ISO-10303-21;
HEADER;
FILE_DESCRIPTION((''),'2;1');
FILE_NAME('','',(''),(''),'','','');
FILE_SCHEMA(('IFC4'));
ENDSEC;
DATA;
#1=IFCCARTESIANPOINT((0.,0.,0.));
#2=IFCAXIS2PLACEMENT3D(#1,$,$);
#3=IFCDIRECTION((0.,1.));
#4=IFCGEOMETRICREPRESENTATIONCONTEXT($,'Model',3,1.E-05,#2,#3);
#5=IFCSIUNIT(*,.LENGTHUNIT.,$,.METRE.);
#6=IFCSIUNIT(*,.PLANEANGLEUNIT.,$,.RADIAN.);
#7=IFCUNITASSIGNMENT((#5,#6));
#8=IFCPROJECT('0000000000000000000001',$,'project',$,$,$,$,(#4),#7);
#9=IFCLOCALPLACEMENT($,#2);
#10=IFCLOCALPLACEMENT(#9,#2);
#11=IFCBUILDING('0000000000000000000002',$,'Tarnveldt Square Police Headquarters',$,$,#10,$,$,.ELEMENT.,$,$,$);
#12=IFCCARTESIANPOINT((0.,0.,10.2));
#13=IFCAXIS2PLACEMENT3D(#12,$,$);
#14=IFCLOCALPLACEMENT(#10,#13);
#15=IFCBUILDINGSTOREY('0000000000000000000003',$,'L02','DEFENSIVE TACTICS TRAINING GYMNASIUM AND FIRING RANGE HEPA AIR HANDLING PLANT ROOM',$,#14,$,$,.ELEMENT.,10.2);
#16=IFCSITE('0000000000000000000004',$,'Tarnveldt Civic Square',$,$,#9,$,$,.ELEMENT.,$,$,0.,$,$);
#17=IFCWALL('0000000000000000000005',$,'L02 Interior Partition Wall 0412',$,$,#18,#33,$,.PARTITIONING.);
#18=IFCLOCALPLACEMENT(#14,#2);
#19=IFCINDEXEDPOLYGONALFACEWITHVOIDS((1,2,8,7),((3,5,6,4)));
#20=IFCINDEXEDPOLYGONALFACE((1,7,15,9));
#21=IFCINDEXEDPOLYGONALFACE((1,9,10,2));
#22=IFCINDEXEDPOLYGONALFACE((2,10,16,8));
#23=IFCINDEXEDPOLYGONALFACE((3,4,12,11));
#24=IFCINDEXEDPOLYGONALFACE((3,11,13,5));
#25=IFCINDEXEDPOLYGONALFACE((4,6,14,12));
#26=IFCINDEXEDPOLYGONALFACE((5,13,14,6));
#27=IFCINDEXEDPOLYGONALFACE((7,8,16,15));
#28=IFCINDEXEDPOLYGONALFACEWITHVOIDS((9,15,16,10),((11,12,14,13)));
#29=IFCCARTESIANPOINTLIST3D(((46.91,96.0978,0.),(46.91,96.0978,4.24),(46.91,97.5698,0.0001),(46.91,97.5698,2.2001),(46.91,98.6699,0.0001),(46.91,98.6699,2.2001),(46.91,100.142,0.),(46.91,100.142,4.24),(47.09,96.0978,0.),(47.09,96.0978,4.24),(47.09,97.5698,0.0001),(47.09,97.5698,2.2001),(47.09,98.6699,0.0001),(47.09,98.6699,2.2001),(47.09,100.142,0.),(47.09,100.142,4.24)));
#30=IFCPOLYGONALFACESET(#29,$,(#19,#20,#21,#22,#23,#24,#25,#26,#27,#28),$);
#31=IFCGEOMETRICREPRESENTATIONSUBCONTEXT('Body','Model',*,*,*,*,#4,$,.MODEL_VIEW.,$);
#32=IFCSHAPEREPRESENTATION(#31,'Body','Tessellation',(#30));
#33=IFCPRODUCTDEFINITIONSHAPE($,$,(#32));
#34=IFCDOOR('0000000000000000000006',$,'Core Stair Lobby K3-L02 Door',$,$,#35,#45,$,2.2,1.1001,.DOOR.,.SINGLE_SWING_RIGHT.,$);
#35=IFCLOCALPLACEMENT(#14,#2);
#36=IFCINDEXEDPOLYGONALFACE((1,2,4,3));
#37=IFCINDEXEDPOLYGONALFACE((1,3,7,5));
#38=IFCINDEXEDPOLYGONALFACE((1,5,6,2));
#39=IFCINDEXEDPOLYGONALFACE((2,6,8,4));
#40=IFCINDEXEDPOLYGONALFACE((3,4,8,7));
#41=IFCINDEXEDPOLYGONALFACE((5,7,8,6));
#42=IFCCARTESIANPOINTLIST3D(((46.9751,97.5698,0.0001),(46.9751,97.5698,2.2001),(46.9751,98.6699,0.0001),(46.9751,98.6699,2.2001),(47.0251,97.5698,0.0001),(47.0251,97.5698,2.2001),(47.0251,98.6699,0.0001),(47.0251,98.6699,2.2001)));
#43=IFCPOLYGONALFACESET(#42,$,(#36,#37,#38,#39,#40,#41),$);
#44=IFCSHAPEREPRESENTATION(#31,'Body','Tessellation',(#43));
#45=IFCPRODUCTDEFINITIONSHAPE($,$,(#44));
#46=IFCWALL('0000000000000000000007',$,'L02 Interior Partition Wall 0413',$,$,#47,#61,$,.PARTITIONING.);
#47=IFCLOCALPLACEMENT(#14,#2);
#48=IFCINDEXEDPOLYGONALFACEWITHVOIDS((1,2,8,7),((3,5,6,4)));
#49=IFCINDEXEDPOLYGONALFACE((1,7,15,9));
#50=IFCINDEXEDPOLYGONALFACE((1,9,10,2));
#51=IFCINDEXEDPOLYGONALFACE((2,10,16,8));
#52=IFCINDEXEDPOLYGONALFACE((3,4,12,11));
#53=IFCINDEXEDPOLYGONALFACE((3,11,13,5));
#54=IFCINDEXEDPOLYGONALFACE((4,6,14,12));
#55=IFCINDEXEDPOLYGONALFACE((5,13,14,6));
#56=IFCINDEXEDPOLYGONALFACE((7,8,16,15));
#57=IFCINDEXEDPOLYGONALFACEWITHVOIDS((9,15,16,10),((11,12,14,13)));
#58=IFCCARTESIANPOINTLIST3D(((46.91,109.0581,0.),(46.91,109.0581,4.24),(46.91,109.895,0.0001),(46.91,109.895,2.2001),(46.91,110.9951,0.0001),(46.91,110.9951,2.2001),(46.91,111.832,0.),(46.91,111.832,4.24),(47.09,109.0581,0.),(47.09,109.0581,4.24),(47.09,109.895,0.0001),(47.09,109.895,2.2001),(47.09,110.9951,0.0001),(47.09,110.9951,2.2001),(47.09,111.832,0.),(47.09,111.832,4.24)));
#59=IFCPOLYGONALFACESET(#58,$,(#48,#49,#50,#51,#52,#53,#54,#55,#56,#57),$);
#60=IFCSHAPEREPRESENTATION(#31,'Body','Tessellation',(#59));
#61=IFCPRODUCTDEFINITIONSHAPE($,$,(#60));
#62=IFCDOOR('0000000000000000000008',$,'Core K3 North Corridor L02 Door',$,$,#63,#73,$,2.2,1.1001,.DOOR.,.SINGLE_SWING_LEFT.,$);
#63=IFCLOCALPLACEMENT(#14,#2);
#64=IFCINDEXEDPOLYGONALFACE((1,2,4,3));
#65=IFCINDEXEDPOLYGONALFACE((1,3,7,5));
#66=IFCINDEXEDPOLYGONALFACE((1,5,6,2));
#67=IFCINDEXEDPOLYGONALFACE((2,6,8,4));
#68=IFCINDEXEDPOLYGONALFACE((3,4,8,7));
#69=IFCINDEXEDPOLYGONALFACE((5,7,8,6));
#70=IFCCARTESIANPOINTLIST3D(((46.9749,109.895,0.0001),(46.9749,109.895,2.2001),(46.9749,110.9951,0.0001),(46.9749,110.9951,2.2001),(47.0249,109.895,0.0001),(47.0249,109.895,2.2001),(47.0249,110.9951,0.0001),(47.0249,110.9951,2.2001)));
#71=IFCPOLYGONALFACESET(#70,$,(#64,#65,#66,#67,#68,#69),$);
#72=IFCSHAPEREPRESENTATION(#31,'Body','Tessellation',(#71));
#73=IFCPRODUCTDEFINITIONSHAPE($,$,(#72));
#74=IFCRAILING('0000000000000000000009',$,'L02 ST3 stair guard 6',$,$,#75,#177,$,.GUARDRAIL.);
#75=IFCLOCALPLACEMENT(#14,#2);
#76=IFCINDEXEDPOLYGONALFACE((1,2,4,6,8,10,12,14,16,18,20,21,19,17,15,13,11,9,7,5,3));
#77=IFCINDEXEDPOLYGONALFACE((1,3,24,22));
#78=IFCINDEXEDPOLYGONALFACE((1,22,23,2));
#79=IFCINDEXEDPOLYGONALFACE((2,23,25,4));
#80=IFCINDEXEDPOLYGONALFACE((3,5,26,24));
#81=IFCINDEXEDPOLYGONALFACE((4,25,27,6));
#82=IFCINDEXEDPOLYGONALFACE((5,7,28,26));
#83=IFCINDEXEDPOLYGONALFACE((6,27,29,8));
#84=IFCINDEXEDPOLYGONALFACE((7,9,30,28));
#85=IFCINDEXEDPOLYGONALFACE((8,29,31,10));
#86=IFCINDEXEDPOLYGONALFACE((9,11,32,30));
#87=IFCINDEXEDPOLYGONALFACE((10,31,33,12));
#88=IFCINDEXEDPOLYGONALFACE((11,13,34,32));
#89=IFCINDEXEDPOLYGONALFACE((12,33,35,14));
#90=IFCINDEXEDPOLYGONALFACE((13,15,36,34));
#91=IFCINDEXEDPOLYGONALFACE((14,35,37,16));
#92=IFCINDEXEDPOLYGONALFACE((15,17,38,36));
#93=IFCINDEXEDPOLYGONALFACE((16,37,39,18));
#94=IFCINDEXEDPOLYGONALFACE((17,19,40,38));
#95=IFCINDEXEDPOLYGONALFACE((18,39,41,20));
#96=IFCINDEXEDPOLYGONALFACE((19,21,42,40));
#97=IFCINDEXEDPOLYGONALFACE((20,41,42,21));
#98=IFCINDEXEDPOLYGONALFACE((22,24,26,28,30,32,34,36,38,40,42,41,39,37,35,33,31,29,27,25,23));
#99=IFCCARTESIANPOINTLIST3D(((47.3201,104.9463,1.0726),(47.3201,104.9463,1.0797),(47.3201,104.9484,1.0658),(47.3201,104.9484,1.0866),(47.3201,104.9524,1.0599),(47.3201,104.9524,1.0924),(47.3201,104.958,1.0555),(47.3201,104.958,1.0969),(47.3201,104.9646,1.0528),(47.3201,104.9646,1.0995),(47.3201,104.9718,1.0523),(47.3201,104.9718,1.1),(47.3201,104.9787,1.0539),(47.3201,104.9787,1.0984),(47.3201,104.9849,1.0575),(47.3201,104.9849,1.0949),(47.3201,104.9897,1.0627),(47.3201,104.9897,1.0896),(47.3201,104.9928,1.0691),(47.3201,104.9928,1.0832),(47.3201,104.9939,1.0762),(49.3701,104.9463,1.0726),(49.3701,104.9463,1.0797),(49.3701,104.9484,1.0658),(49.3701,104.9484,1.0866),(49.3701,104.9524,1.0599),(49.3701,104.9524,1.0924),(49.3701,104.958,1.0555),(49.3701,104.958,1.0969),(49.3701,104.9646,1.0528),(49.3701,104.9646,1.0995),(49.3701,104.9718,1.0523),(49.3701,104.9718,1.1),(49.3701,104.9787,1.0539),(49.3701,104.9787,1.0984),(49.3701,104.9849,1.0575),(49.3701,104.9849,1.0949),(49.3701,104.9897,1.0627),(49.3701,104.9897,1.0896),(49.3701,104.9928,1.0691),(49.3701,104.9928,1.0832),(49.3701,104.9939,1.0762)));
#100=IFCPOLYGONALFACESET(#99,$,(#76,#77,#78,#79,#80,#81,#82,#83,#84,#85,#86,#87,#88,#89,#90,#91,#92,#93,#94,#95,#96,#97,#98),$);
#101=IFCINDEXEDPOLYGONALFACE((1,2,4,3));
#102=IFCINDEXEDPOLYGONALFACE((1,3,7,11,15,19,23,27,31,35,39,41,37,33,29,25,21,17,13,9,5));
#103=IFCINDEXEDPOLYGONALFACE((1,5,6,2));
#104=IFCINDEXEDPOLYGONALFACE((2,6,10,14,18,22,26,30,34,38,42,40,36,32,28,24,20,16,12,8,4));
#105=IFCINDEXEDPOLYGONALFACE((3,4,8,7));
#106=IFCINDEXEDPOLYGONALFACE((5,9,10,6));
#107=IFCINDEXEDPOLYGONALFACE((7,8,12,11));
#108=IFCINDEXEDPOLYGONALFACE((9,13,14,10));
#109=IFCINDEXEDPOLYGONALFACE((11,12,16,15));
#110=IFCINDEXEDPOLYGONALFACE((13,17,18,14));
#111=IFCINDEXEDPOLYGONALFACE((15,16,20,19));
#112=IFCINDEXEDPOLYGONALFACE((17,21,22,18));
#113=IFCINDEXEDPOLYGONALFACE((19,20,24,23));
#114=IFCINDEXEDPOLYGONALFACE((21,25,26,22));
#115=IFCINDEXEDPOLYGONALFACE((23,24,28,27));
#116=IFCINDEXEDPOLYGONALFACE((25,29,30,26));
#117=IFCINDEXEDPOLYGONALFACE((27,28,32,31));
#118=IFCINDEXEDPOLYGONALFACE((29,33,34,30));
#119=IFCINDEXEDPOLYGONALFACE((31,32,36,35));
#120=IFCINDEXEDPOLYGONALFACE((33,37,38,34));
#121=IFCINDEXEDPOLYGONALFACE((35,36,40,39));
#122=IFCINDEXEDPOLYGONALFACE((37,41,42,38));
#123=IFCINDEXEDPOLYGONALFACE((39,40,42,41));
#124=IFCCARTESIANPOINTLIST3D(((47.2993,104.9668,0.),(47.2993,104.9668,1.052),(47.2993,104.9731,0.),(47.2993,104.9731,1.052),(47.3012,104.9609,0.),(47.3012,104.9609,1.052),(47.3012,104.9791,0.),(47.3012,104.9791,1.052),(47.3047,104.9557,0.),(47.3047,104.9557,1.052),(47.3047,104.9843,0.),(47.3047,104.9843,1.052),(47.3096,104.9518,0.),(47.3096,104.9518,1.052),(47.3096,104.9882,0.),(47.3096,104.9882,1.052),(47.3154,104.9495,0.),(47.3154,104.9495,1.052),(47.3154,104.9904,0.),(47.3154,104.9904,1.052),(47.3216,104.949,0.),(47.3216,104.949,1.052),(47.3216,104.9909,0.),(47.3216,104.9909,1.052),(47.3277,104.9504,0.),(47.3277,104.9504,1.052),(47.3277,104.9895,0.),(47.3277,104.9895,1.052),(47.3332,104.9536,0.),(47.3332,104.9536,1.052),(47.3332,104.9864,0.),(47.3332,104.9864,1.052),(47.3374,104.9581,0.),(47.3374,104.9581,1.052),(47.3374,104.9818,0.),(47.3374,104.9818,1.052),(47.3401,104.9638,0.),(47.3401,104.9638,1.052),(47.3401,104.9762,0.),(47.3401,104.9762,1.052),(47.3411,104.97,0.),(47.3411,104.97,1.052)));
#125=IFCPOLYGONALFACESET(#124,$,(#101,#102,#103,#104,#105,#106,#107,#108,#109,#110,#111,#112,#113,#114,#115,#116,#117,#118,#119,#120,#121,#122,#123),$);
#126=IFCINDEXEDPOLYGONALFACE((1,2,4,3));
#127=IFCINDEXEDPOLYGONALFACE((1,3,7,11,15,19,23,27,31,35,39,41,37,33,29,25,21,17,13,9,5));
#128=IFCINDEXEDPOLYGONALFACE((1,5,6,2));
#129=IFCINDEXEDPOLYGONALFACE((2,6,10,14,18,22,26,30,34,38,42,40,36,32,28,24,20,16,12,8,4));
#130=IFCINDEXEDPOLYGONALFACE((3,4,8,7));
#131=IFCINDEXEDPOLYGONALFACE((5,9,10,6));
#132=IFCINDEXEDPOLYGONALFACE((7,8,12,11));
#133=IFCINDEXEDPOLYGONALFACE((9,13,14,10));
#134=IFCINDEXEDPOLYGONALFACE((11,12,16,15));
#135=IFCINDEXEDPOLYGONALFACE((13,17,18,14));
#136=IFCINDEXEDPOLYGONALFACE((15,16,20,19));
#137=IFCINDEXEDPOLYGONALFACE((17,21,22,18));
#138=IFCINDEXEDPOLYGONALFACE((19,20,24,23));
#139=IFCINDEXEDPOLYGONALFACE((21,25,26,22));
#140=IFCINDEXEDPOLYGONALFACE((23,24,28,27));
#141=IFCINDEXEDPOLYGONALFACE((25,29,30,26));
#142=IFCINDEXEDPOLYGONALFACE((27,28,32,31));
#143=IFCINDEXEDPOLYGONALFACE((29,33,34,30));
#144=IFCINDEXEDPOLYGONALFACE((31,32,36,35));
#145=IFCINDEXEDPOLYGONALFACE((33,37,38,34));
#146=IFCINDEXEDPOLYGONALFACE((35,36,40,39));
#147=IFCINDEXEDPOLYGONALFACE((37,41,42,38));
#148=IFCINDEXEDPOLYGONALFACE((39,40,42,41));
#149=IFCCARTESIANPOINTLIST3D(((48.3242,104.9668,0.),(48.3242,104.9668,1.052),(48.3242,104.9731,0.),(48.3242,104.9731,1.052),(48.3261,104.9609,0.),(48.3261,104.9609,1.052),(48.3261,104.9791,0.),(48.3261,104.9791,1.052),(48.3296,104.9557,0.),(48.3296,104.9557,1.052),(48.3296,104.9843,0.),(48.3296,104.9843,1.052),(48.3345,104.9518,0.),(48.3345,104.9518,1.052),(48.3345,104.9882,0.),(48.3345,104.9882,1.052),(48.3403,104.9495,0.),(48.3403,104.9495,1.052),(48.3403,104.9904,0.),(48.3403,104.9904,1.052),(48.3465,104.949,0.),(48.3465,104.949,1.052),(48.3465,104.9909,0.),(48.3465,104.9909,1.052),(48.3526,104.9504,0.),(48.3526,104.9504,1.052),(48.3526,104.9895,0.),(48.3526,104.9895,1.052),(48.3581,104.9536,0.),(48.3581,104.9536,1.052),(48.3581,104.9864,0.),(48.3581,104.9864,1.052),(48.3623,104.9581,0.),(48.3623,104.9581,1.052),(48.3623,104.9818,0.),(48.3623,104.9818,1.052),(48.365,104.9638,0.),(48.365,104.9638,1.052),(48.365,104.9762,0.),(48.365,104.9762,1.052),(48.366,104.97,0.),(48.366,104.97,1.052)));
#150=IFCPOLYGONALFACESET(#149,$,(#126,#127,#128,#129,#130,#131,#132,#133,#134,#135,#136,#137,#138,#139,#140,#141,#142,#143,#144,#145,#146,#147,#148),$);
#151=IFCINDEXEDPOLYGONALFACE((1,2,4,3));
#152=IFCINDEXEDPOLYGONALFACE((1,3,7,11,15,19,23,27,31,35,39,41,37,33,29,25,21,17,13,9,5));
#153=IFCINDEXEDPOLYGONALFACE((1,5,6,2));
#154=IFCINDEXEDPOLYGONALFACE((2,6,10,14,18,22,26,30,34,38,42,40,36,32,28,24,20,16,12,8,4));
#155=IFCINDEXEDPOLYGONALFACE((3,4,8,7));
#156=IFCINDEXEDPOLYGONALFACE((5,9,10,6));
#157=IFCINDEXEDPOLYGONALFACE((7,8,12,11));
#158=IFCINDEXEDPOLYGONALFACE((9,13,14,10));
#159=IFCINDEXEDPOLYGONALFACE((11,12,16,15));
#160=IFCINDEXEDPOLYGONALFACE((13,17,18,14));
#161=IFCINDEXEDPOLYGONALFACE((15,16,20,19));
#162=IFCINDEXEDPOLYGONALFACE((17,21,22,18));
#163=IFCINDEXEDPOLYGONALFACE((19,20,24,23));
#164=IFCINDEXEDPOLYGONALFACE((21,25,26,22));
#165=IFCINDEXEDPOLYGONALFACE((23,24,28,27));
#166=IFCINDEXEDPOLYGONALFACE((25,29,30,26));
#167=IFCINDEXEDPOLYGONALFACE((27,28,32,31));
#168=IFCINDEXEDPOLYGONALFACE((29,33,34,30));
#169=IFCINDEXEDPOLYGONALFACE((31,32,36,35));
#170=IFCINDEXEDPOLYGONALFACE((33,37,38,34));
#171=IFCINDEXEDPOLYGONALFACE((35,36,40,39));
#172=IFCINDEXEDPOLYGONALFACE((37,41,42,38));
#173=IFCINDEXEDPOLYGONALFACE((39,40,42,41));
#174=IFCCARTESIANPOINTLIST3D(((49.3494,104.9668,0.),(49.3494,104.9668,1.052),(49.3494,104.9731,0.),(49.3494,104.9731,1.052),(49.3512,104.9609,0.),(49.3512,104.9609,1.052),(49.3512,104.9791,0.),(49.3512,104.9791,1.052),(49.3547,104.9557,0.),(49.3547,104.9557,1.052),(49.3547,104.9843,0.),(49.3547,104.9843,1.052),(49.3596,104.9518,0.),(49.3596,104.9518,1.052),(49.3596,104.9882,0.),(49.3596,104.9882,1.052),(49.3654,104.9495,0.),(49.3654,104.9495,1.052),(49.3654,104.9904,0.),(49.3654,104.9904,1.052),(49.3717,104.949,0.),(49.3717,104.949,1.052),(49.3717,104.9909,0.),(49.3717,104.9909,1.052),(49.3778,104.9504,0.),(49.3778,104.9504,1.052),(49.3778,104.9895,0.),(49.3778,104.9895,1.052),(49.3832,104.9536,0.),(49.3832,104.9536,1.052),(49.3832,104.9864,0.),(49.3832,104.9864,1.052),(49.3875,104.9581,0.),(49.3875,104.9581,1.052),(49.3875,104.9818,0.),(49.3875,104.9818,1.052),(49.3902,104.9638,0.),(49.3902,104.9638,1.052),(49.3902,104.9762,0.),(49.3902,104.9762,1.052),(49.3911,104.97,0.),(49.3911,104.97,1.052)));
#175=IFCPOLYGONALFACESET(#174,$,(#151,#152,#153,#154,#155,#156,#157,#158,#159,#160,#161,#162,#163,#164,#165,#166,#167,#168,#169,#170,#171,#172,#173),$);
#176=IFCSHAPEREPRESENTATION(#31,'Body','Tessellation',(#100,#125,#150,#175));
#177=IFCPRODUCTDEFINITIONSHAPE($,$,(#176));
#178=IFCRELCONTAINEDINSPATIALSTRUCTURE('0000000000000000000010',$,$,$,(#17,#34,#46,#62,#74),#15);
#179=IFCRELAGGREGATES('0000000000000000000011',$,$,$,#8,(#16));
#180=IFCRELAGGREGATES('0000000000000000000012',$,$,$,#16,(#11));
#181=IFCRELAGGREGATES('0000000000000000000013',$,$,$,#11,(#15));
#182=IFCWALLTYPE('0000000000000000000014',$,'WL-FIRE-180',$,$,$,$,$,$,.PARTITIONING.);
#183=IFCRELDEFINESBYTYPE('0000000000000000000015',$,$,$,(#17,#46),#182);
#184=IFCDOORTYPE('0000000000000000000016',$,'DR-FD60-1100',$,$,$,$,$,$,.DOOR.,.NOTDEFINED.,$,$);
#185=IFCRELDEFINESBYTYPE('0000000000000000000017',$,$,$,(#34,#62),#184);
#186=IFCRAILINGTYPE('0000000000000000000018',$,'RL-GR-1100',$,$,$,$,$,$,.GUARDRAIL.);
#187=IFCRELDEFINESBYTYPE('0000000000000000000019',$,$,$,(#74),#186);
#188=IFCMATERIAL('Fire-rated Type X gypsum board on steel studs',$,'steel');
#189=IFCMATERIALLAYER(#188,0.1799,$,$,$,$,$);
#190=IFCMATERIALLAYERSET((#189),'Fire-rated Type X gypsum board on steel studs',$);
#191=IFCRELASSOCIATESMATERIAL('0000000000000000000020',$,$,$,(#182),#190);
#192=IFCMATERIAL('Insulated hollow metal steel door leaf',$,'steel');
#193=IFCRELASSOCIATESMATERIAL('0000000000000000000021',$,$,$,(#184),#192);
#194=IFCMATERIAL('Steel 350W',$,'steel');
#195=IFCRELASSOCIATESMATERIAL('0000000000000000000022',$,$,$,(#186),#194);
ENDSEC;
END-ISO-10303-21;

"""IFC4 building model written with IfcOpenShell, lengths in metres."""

from ifc_helpers import new_model, si_unit, direction, frame, frame_2d, origin, origin_2d, place, context, subcontext, project, spatial, rectangle, circle, extrude, material, layer, layer_set, type_object, element, fill, save


model = new_model("IFC4")

# Units and contexts
model_context = context("Model", 3, precision=1e-05, world=origin(), true_north=direction((0.0, 1.0)))
body_context = subcontext(model_context, "Body", "Model", "MODEL_VIEW")
ifc_project = project(units=[si_unit("LENGTHUNIT", "METRE"), si_unit("PLANEANGLEUNIT", "RADIAN")], contexts=[model_context])

# Site, building, storey
site_placement = place(None, origin())
site = spatial("IfcSite", under=ifc_project, at=site_placement, Name="Tarnveldt Civic Square", CompositionType="ELEMENT", RefElevation=0.0)
building_placement = place(site_placement, origin())
building = spatial("IfcBuilding", under=site, at=building_placement, Name="Tarnveldt Square Police Headquarters", CompositionType="ELEMENT")
storey_placement = place(building_placement, frame((0.0, 0.0, 10.2)))
storey = spatial("IfcBuildingStorey", under=building, at=storey_placement, Name="L02", Description="DEFENSIVE TACTICS TRAINING GYMNASIUM AND FIRING RANGE HEPA AIR HANDLING PLANT ROOM", CompositionType="ELEMENT", Elevation=10.2)

# Shared definitions
ifc_material_1 = material(Name="Steel 350W", Category="steel")

# Shared definitions
ifc_material_2 = material(Name="Insulated hollow metal steel door leaf", Category="steel")

# Shared definitions
ifc_material_3 = material(Name="Fire-rated Type X gypsum board on steel studs", Category="steel")
ifc_layer_1 = layer(ifc_material_3, 0.1799)
ifc_layer_set_1 = layer_set([ifc_layer_1], Name="Fire-rated Type X gypsum board on steel studs")
wall_type_1 = type_object("IfcWallType", Name="WL-FIRE-180", PredefinedType="PARTITIONING", material=ifc_layer_set_1)

# Walls, openings, doors
wall_1_placement = place(storey_placement, frame((47.0, 96.0979, 0.0), z_axis=(0.0, 0.0, 1.0), x_axis=(0.0, 1.0, 0.0)))
wall_1 = element("IfcWall", 1, at=wall_1_placement, inside=storey, type_object=wall_type_1, Name="L02 Interior Partition Wall 0412", PredefinedType="PARTITIONING", context=body_context, shape_type="SweptSolid", body=[
    extrude(rectangle(XDim=4.0442, YDim=0.1799, at=frame_2d((2.022, 0.0))), origin(), (0.0, 0.0, 1.0), 4.24),
])
opening_1_placement = place(wall_1_placement, frame((1.4719, 0.0, 0.0)))
opening_1 = element("IfcOpeningElement", 2, at=opening_1_placement, cuts=wall_1, PredefinedType="OPENING", context=body_context, shape_type="SweptSolid", body=[
    extrude(rectangle(XDim=1.1001, YDim=2.2, at=frame_2d((0.55, 1.1001))), frame((0.0, 0.0999, 0.0), z_axis=(0.0, -1.0, 0.0), x_axis=(1.0, 0.0, 0.0)), (0.0, 0.0, 1.0), 0.2),
])
door_type_1 = type_object("IfcDoorType", Name="DR-FD60-1100", OperationType="NOTDEFINED", PredefinedType="DOOR", material=ifc_material_2)
door_1_placement = place(opening_1_placement, origin())
door_1 = element("IfcDoor", 3, at=door_1_placement, inside=storey, type_object=door_type_1, Name="Core Stair Lobby K3-L02 Door", OperationType="SINGLE_SWING_RIGHT", OverallHeight=2.2, OverallWidth=1.1001, PredefinedType="DOOR", context=body_context, shape_type="SweptSolid", body=[
    extrude(rectangle(XDim=1.1001, YDim=2.2, at=frame_2d((0.55, 1.1001))), frame((0.0, 0.0249, 0.0), z_axis=(0.0, -1.0, 0.0), x_axis=(1.0, 0.0, 0.0)), (0.0, 0.0, 1.0), 0.05),
])
fill(opening_1, door_1)
wall_2_placement = place(storey_placement, frame((47.0, 109.0581, 0.0), z_axis=(0.0, 0.0, 1.0), x_axis=(0.0, 1.0, 0.0)))
wall_2 = element("IfcWall", 4, at=wall_2_placement, inside=storey, type_object=wall_type_1, Name="L02 Interior Partition Wall 0413", PredefinedType="PARTITIONING", context=body_context, shape_type="SweptSolid", body=[
    extrude(rectangle(XDim=2.7739, YDim=0.1799, at=frame_2d((1.387, 0.0))), origin(), (0.0, 0.0, 1.0), 4.24),
])
opening_2_placement = place(wall_2_placement, frame((0.8369, 0.0, 0.0)))
opening_2 = element("IfcOpeningElement", 5, at=opening_2_placement, cuts=wall_2, PredefinedType="OPENING", context=body_context, shape_type="SweptSolid", body=[
    extrude(rectangle(XDim=1.1001, YDim=2.2, at=frame_2d((0.55, 1.1001))), frame((0.0, 0.0999, 0.0), z_axis=(0.0, -1.0, 0.0), x_axis=(1.0, 0.0, 0.0)), (0.0, 0.0, 1.0), 0.2),
])
door_2_placement = place(opening_2_placement, frame((1.1001, 0.0, 0.0), z_axis=(0.0, 0.0, 1.0), x_axis=(-1.0, 0.0, 0.0)))
door_2 = element("IfcDoor", 6, at=door_2_placement, inside=storey, type_object=door_type_1, Name="Core K3 North Corridor L02 Door", OperationType="SINGLE_SWING_LEFT", OverallHeight=2.2, OverallWidth=1.1001, PredefinedType="DOOR", context=body_context, shape_type="SweptSolid", body=[
    extrude(rectangle(XDim=1.1001, YDim=2.2, at=frame_2d((0.55, 1.1001))), frame((0.0, 0.0249, 0.0), z_axis=(0.0, -1.0, 0.0), x_axis=(1.0, 0.0, 0.0)), (0.0, 0.0, 1.0), 0.05),
])
fill(opening_2, door_2)

# Railing
railing_type = type_object("IfcRailingType", Name="RL-GR-1100", PredefinedType="GUARDRAIL", material=ifc_material_1)
railing_placement = place(storey_placement, frame((47.3201, 104.97, 0.0)))
element("IfcRailing", 7, at=railing_placement, inside=storey, type_object=railing_type, Name="L02 ST3 stair guard 6", PredefinedType="GUARDRAIL", context=body_context, shape_type="SweptSolid", body=[
    extrude(circle(Radius=0.0239, at=origin_2d()), frame((0.0, 0.0, 1.0762), z_axis=(1.0, 0.0, 0.0), x_axis=(0.0, 1.0, 0.0)), (0.0, 0.0, 1.0), 2.05),
    extrude(circle(Radius=0.021, at=origin_2d()), origin(), (0.0, 0.0, 1.0), 1.052),
    extrude(circle(Radius=0.021, at=origin_2d()), frame((1.0249, 0.0, 0.0)), (0.0, 0.0, 1.0), 1.052),
    extrude(circle(Radius=0.021, at=origin_2d()), frame((2.05, 0.0, 0.0)), (0.0, 0.0, 1.0), 1.052),
])

save(model, "model.ifc")
